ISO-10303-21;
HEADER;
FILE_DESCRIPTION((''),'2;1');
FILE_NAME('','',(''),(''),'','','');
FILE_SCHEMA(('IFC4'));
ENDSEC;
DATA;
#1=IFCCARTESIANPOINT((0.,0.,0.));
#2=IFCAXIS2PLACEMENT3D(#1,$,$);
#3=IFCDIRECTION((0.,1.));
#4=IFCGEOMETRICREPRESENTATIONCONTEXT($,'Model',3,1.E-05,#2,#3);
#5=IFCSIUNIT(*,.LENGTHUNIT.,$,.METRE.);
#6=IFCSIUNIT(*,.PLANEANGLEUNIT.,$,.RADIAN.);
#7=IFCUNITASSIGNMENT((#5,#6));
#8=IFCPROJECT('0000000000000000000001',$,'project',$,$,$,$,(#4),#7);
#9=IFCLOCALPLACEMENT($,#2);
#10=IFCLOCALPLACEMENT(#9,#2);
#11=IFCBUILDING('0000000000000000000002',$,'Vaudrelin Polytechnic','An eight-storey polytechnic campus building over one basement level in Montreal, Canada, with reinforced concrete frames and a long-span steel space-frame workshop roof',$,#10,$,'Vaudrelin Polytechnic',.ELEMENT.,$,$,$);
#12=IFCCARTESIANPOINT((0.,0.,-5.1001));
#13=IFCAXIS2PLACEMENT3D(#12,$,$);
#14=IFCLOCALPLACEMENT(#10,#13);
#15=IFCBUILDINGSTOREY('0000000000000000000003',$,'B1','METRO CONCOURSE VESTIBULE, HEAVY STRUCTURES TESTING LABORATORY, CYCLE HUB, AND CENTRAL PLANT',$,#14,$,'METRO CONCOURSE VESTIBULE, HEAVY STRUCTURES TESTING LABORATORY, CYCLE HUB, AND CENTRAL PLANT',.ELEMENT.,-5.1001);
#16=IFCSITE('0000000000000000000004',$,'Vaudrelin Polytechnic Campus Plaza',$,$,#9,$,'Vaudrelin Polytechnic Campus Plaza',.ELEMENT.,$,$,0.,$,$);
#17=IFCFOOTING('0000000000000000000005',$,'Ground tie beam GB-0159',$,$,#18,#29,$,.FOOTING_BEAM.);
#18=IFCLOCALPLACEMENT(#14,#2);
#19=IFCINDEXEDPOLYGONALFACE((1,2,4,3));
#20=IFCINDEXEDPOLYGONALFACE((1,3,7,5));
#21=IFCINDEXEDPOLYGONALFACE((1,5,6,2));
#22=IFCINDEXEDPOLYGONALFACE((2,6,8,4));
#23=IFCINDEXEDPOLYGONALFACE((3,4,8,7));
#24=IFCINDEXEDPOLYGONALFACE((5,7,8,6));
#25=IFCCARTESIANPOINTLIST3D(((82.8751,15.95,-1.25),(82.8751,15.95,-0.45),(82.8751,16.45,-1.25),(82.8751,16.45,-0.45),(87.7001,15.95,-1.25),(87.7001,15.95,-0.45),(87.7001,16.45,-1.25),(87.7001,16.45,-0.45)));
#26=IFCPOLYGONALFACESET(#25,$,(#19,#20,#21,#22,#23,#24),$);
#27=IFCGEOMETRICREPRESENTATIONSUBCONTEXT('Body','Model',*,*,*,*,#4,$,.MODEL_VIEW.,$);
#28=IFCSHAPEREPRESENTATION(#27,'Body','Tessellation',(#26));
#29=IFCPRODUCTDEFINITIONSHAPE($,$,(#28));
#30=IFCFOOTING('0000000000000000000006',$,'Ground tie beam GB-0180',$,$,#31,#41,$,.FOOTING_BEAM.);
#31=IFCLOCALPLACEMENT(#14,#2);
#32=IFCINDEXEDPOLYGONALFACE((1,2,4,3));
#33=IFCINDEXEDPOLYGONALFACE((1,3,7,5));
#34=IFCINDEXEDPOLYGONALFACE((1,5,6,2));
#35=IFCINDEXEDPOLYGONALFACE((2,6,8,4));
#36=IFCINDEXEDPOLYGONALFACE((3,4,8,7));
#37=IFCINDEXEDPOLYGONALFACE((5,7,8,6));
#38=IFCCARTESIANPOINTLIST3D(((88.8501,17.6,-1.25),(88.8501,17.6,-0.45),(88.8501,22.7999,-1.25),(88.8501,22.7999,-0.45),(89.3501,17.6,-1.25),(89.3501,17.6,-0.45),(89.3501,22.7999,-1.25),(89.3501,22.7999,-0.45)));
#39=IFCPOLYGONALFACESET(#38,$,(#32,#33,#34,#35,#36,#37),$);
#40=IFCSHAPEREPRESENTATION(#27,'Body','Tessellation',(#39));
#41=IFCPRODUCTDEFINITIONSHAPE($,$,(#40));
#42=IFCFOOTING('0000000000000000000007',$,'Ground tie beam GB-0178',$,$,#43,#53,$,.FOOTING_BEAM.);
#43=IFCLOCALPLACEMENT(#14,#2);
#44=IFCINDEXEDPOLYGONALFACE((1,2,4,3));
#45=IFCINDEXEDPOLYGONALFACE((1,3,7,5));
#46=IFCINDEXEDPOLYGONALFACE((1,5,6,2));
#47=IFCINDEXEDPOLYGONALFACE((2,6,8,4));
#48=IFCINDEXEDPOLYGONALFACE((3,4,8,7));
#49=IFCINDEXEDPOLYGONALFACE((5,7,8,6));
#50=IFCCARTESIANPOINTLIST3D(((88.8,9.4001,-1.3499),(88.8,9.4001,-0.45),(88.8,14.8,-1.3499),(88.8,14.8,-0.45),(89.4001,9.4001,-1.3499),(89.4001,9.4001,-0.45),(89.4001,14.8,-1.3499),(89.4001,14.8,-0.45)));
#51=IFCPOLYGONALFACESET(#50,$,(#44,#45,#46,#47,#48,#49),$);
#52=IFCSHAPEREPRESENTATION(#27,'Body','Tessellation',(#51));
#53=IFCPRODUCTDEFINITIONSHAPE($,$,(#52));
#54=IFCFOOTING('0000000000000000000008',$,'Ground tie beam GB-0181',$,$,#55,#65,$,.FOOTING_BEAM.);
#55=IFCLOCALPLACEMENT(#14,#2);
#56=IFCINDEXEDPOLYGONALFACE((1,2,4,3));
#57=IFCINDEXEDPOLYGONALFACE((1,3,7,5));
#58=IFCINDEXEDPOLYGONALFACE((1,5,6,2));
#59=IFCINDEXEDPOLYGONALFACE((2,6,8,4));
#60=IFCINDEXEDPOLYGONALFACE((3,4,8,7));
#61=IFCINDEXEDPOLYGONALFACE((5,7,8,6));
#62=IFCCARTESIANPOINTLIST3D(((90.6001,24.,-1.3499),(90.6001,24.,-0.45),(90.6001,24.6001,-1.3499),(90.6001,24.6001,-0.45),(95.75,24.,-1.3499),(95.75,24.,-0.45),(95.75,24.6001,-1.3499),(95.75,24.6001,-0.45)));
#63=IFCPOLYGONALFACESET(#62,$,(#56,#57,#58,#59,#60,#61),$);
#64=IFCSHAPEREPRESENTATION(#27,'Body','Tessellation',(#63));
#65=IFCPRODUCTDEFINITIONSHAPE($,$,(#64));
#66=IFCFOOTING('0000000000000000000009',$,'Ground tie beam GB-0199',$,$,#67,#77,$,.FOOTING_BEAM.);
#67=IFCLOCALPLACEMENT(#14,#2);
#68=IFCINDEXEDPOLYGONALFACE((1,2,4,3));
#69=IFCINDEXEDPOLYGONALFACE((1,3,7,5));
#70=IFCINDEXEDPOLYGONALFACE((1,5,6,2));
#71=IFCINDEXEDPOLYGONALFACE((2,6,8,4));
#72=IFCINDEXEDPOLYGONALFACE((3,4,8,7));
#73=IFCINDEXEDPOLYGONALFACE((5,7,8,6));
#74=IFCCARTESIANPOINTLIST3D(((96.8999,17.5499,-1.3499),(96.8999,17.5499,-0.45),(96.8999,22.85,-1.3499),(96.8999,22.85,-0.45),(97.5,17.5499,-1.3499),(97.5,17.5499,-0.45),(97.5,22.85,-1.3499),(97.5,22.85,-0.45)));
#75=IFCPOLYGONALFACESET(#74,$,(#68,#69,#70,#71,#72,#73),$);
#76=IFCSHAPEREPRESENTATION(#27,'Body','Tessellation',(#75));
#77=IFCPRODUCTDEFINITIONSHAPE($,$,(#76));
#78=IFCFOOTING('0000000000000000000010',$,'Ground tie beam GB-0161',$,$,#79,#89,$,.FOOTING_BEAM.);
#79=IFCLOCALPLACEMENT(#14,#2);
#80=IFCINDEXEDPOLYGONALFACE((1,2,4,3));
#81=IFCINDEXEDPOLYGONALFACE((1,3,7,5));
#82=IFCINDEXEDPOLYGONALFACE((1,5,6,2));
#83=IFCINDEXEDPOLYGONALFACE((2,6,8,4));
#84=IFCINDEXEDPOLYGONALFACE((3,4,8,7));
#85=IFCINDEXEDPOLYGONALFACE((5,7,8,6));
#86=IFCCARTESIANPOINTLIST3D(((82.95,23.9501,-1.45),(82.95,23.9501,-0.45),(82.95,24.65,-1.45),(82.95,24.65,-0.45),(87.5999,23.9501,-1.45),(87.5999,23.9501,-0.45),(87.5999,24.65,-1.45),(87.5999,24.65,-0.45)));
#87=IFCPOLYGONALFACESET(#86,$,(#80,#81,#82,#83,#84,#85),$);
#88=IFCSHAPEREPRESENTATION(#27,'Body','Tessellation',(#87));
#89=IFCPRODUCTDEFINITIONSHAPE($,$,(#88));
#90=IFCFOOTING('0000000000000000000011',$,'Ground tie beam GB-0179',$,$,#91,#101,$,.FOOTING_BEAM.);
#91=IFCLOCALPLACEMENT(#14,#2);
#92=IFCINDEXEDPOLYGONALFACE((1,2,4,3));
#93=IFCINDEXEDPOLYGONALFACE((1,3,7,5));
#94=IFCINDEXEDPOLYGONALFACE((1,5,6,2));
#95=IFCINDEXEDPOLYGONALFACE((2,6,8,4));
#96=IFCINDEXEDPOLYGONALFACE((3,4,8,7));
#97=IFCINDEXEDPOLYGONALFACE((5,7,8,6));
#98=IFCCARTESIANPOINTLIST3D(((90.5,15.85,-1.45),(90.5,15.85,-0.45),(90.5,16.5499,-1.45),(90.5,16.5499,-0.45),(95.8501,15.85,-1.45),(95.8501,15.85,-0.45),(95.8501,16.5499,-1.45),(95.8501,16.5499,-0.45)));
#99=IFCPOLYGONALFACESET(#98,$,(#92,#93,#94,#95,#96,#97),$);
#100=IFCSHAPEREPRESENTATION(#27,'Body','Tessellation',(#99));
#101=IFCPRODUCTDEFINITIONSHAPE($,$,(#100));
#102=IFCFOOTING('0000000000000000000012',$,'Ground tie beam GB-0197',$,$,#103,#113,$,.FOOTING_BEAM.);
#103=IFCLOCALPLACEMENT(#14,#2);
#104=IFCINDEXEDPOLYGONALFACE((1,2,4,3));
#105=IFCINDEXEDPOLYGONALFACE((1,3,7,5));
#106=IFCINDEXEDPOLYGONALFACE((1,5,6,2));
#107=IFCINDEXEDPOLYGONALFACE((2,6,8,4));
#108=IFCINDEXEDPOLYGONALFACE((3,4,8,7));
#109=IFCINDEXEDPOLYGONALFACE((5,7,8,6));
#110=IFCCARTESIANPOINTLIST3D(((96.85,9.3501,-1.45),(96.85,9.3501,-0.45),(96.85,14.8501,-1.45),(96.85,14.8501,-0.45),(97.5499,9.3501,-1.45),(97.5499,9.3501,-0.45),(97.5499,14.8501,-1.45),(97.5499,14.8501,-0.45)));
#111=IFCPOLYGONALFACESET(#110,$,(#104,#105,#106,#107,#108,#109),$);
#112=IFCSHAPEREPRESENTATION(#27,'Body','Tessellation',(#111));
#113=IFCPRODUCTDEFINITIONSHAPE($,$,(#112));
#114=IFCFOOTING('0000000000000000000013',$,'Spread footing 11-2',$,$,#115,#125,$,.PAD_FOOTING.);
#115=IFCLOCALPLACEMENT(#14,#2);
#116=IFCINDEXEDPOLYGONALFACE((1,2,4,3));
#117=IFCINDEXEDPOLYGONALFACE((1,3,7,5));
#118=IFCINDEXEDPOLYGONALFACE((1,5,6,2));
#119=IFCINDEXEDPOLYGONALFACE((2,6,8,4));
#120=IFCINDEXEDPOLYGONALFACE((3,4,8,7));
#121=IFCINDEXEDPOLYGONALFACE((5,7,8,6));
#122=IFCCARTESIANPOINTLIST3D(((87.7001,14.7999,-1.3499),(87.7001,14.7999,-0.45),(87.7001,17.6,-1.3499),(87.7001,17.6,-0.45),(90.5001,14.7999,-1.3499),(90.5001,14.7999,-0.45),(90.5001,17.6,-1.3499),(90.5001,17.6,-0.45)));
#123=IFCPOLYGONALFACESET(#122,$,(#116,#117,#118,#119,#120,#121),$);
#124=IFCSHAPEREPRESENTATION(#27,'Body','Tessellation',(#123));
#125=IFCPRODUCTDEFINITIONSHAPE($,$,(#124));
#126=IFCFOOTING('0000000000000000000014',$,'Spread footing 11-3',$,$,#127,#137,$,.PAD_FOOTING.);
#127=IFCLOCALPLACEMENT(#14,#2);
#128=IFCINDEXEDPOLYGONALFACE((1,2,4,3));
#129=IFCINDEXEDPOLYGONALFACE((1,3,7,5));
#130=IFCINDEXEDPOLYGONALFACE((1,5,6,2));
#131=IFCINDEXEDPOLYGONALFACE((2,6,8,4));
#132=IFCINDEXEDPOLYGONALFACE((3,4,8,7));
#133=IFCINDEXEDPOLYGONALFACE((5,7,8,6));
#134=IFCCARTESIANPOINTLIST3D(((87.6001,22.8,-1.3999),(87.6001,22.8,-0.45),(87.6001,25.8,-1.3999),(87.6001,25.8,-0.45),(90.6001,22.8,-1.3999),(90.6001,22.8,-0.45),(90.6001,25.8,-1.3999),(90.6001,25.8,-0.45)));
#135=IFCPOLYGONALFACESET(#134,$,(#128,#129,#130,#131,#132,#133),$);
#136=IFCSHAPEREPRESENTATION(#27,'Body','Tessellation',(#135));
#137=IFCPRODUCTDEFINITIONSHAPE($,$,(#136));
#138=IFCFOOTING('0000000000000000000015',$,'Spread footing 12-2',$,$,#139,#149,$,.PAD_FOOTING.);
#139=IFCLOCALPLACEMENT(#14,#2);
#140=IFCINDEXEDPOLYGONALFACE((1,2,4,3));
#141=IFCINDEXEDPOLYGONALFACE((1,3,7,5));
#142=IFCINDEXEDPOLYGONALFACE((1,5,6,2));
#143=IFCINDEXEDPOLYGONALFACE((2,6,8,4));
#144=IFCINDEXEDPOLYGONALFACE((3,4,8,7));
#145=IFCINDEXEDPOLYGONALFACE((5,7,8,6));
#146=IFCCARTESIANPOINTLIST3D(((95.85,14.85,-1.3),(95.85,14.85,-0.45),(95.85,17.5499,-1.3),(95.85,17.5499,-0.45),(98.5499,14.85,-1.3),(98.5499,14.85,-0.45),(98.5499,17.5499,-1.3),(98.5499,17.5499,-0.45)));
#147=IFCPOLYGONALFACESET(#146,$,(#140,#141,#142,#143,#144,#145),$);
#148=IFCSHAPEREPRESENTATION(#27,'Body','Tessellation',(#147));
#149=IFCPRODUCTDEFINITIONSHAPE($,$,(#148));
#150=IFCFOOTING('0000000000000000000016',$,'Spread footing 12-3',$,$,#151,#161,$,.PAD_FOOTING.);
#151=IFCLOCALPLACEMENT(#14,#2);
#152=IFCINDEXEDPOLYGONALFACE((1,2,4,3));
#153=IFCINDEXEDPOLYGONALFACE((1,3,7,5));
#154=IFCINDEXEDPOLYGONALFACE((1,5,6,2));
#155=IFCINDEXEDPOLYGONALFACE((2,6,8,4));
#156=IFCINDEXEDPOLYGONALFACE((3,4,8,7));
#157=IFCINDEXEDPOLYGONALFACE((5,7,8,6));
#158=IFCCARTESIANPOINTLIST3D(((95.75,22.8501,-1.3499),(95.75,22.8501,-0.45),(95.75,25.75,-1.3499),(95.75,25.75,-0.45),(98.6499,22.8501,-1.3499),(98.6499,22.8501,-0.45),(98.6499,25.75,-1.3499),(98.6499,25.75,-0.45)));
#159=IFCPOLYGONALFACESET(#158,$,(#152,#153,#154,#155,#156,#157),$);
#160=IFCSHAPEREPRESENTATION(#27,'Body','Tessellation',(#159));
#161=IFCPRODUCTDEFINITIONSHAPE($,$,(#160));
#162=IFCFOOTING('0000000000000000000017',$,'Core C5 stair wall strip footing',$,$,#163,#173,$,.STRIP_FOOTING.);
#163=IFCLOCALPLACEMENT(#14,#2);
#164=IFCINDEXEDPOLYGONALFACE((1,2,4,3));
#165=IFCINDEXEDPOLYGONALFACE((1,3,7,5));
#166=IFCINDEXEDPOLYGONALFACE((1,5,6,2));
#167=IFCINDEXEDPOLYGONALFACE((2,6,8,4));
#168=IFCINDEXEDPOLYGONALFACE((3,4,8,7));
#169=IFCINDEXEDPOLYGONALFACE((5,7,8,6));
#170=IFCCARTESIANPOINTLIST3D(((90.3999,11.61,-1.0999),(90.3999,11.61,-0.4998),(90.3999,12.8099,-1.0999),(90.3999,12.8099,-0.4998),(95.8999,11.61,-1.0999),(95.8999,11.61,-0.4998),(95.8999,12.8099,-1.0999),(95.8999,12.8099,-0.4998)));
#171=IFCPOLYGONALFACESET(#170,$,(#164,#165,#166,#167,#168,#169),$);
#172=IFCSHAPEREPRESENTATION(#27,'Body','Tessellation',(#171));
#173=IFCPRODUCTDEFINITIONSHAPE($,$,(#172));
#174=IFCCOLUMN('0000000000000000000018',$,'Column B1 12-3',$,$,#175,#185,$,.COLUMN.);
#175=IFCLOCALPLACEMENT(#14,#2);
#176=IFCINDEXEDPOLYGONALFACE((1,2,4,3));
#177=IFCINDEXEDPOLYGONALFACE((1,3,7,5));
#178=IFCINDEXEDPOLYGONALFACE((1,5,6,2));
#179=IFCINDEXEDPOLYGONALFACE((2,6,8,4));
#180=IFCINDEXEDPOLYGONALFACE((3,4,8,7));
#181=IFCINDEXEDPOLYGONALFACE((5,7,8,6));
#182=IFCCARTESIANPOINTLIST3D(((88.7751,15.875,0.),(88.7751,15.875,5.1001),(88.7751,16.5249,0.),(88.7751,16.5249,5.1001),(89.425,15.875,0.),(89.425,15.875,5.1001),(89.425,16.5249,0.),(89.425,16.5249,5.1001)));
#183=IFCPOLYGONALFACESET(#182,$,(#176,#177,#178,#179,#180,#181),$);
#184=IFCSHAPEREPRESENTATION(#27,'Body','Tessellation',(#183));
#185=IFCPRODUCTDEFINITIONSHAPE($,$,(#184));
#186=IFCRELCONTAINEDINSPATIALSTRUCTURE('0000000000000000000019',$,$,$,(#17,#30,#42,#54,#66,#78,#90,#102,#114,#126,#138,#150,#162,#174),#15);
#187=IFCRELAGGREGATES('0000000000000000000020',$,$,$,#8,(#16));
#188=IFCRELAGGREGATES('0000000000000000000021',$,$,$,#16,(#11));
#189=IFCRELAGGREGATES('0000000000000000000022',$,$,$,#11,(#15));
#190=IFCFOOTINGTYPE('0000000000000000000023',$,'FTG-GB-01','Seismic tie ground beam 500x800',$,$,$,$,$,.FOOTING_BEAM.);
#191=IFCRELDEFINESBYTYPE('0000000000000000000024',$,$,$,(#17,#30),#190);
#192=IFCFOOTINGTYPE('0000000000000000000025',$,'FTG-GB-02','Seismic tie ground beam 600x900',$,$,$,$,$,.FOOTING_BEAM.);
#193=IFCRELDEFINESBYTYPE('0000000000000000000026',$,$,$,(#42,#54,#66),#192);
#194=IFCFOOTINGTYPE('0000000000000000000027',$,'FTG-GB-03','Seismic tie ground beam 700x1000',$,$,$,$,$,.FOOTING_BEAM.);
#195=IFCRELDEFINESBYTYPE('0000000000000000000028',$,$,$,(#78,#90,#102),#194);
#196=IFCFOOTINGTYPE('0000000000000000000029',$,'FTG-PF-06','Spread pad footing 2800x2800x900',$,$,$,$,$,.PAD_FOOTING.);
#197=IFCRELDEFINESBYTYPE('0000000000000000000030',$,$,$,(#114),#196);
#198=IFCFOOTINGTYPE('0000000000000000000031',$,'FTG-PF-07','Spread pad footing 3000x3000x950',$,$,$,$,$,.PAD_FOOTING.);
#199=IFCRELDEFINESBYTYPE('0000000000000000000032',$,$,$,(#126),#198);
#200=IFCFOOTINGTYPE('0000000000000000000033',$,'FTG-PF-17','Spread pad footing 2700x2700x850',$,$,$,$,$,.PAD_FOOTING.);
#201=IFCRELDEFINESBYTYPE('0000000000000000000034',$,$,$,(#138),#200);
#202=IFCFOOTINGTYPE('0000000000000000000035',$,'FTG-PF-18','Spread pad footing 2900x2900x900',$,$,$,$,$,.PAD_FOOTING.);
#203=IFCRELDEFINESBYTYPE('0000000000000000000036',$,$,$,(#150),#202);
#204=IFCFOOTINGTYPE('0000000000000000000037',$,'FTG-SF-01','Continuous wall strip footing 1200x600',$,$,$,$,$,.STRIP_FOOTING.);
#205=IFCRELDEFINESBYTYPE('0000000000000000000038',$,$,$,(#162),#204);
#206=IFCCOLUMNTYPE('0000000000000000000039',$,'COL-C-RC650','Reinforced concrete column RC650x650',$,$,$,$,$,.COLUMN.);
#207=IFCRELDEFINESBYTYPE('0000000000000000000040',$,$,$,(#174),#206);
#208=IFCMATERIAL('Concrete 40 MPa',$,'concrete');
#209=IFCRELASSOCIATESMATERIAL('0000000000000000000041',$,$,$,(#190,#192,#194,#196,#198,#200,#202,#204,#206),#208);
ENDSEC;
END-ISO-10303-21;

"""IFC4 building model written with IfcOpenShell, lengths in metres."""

from ifc_helpers import new_model, si_unit, direction, frame, origin, origin_2d, place, context, subcontext, project, spatial, rectangle, extrude, material, material_profile, profile_set, type_object, element, save


model = new_model("IFC4")

# Units and contexts
model_context = context("Model", 3, precision=1e-05, world=origin(), true_north=direction((0.0, 1.0)))
body_context = subcontext(model_context, "Body", "Model", "MODEL_VIEW")
ifc_project = project(units=[si_unit("LENGTHUNIT", "METRE"), si_unit("PLANEANGLEUNIT", "RADIAN")], contexts=[model_context])

# Site, building, storey
site_placement = place(None, origin())
site = spatial("IfcSite", under=ifc_project, at=site_placement, Name="Vaudrelin Polytechnic Campus Plaza", LongName="Vaudrelin Polytechnic Campus Plaza", CompositionType="ELEMENT", RefElevation=0.0)
building_placement = place(site_placement, origin())
building = spatial("IfcBuilding", under=site, at=building_placement, Name="Vaudrelin Polytechnic", Description="An eight-storey polytechnic campus building over one basement level in Montreal, Canada, with reinforced concrete frames and a long-span steel space-frame workshop roof", LongName="Vaudrelin Polytechnic", CompositionType="ELEMENT")
storey_placement = place(building_placement, frame((0.0, 0.0, -5.1001)))
storey = spatial("IfcBuildingStorey", under=building, at=storey_placement, Name="B1", Description="METRO CONCOURSE VESTIBULE, HEAVY STRUCTURES TESTING LABORATORY, CYCLE HUB, AND CENTRAL PLANT", LongName="METRO CONCOURSE VESTIBULE, HEAVY STRUCTURES TESTING LABORATORY, CYCLE HUB, AND CENTRAL PLANT", CompositionType="ELEMENT", Elevation=-5.1001)

# Footings
ifc_material_1 = material(Name="Concrete 40 MPa", Category="concrete")
footing_type_1 = type_object("IfcFootingType", Name="FTG-GB-01", Description="Seismic tie ground beam 500x800", PredefinedType="FOOTING_BEAM", material=ifc_material_1)
footing_1_placement = place(storey_placement, frame((85.2876, 16.2, -1.25), z_axis=(0.0, 0.0, 1.0), x_axis=(1.0, 0.0, 0.0)))
element("IfcFooting", 1, at=footing_1_placement, inside=storey, type_object=footing_type_1, Name="Ground tie beam GB-0159", PredefinedType="FOOTING_BEAM", context=body_context, shape_type="SweptSolid", body=[
    extrude(rectangle(XDim=4.825, YDim=0.5, at=origin_2d()), origin(), (0.0, 0.0, 1.0), 0.8),
])
footing_2_placement = place(storey_placement, frame((89.1001, 20.2, -1.25), z_axis=(0.0, 0.0, 1.0), x_axis=(1.0, 0.0, 0.0)))
element("IfcFooting", 2, at=footing_2_placement, inside=storey, type_object=footing_type_1, Name="Ground tie beam GB-0180", PredefinedType="FOOTING_BEAM", context=body_context, shape_type="SweptSolid", body=[
    extrude(rectangle(XDim=0.5, YDim=5.2, at=origin_2d()), origin(), (0.0, 0.0, 1.0), 0.8),
])
footing_type_2 = type_object("IfcFootingType", Name="FTG-GB-02", Description="Seismic tie ground beam 600x900", PredefinedType="FOOTING_BEAM", material=ifc_material_1)
footing_3_placement = place(storey_placement, frame((89.1001, 12.1001, -1.3499), z_axis=(0.0, 0.0, 1.0), x_axis=(1.0, 0.0, 0.0)))
element("IfcFooting", 3, at=footing_3_placement, inside=storey, type_object=footing_type_2, Name="Ground tie beam GB-0178", PredefinedType="FOOTING_BEAM", context=body_context, shape_type="SweptSolid", body=[
    extrude(rectangle(XDim=0.6001, YDim=5.3999, at=origin_2d()), origin(), (0.0, 0.0, 1.0), 0.8999),
])
footing_4_placement = place(storey_placement, frame((93.175, 24.3, -1.3499), z_axis=(0.0, 0.0, 1.0), x_axis=(1.0, 0.0, 0.0)))
element("IfcFooting", 4, at=footing_4_placement, inside=storey, type_object=footing_type_2, Name="Ground tie beam GB-0181", PredefinedType="FOOTING_BEAM", context=body_context, shape_type="SweptSolid", body=[
    extrude(rectangle(XDim=5.1499, YDim=0.6001, at=origin_2d()), origin(), (0.0, 0.0, 1.0), 0.8999),
])
footing_5_placement = place(storey_placement, frame((97.2, 20.2, -1.3499), z_axis=(0.0, 0.0, 1.0), x_axis=(1.0, 0.0, 0.0)))
element("IfcFooting", 5, at=footing_5_placement, inside=storey, type_object=footing_type_2, Name="Ground tie beam GB-0199", PredefinedType="FOOTING_BEAM", context=body_context, shape_type="SweptSolid", body=[
    extrude(rectangle(XDim=0.6001, YDim=5.3, at=origin_2d()), origin(), (0.0, 0.0, 1.0), 0.8999),
])
footing_type_3 = type_object("IfcFootingType", Name="FTG-GB-03", Description="Seismic tie ground beam 700x1000", PredefinedType="FOOTING_BEAM", material=ifc_material_1)
footing_6_placement = place(storey_placement, frame((85.2749, 24.3, -1.45), z_axis=(0.0, 0.0, 1.0), x_axis=(1.0, 0.0, 0.0)))
element("IfcFooting", 6, at=footing_6_placement, inside=storey, type_object=footing_type_3, Name="Ground tie beam GB-0161", PredefinedType="FOOTING_BEAM", context=body_context, shape_type="SweptSolid", body=[
    extrude(rectangle(XDim=4.6499, YDim=0.7, at=origin_2d()), origin(), (0.0, 0.0, 1.0), 1.0),
])
footing_7_placement = place(storey_placement, frame((93.175, 16.2, -1.45), z_axis=(0.0, 0.0, 1.0), x_axis=(1.0, 0.0, 0.0)))
element("IfcFooting", 7, at=footing_7_placement, inside=storey, type_object=footing_type_3, Name="Ground tie beam GB-0179", PredefinedType="FOOTING_BEAM", context=body_context, shape_type="SweptSolid", body=[
    extrude(rectangle(XDim=5.3501, YDim=0.7, at=origin_2d()), origin(), (0.0, 0.0, 1.0), 1.0),
])
footing_8_placement = place(storey_placement, frame((97.2, 12.1001, -1.45), z_axis=(0.0, 0.0, 1.0), x_axis=(1.0, 0.0, 0.0)))
element("IfcFooting", 8, at=footing_8_placement, inside=storey, type_object=footing_type_3, Name="Ground tie beam GB-0197", PredefinedType="FOOTING_BEAM", context=body_context, shape_type="SweptSolid", body=[
    extrude(rectangle(XDim=0.7, YDim=5.5, at=origin_2d()), origin(), (0.0, 0.0, 1.0), 1.0),
])
footing_type_4 = type_object("IfcFootingType", Name="FTG-PF-06", Description="Spread pad footing 2800x2800x900", PredefinedType="PAD_FOOTING", material=ifc_material_1)
footing_9_placement = place(storey_placement, frame((89.1001, 16.2, -1.3499), z_axis=(0.0, 0.0, 1.0), x_axis=(1.0, 0.0, 0.0)))
element("IfcFooting", 9, at=footing_9_placement, inside=storey, type_object=footing_type_4, Name="Spread footing 11-2", PredefinedType="PAD_FOOTING", context=body_context, shape_type="SweptSolid", body=[
    extrude(rectangle(XDim=2.8, YDim=2.8, at=origin_2d()), origin(), (0.0, 0.0, 1.0), 0.8999),
])
footing_type_5 = type_object("IfcFootingType", Name="FTG-PF-07", Description="Spread pad footing 3000x3000x950", PredefinedType="PAD_FOOTING", material=ifc_material_1)
footing_10_placement = place(storey_placement, frame((89.1001, 24.3, -1.3999), z_axis=(0.0, 0.0, 1.0), x_axis=(1.0, 0.0, 0.0)))
element("IfcFooting", 10, at=footing_10_placement, inside=storey, type_object=footing_type_5, Name="Spread footing 11-3", PredefinedType="PAD_FOOTING", context=body_context, shape_type="SweptSolid", body=[
    extrude(rectangle(XDim=3.0, YDim=3.0, at=origin_2d()), origin(), (0.0, 0.0, 1.0), 0.95),
])
footing_type_6 = type_object("IfcFootingType", Name="FTG-PF-17", Description="Spread pad footing 2700x2700x850", PredefinedType="PAD_FOOTING", material=ifc_material_1)
footing_11_placement = place(storey_placement, frame((97.2, 16.2, -1.3), z_axis=(0.0, 0.0, 1.0), x_axis=(1.0, 0.0, 0.0)))
element("IfcFooting", 11, at=footing_11_placement, inside=storey, type_object=footing_type_6, Name="Spread footing 12-2", PredefinedType="PAD_FOOTING", context=body_context, shape_type="SweptSolid", body=[
    extrude(rectangle(XDim=2.7, YDim=2.7, at=origin_2d()), origin(), (0.0, 0.0, 1.0), 0.8501),
])
footing_type_7 = type_object("IfcFootingType", Name="FTG-PF-18", Description="Spread pad footing 2900x2900x900", PredefinedType="PAD_FOOTING", material=ifc_material_1)
footing_12_placement = place(storey_placement, frame((97.2, 24.3, -1.3499), z_axis=(0.0, 0.0, 1.0), x_axis=(1.0, 0.0, 0.0)))
element("IfcFooting", 12, at=footing_12_placement, inside=storey, type_object=footing_type_7, Name="Spread footing 12-3", PredefinedType="PAD_FOOTING", context=body_context, shape_type="SweptSolid", body=[
    extrude(rectangle(XDim=2.8999, YDim=2.8999, at=origin_2d()), origin(), (0.0, 0.0, 1.0), 0.8999),
])
footing_type_8 = type_object("IfcFootingType", Name="FTG-SF-01", Description="Continuous wall strip footing 1200x600", PredefinedType="STRIP_FOOTING", material=ifc_material_1)
footing_13_placement = place(storey_placement, frame((93.1499, 12.21, -1.0999), z_axis=(0.0, 0.0, 1.0), x_axis=(1.0, 0.0, 0.0)))
element("IfcFooting", 13, at=footing_13_placement, inside=storey, type_object=footing_type_8, Name="Core C5 stair wall strip footing", PredefinedType="STRIP_FOOTING", context=body_context, shape_type="SweptSolid", body=[
    extrude(rectangle(XDim=5.5, YDim=1.2, at=origin_2d()), origin(), (0.0, 0.0, 1.0), 0.6001),
])

# Column
ifc_material_profile_1 = material_profile(ifc_material_1, rectangle(XDim=0.6499, YDim=0.6499, at=origin_2d()), Name="RC650x650")
ifc_profile_set_1 = profile_set([ifc_material_profile_1], Name="Concrete 40 MPa")
column_type = type_object("IfcColumnType", Name="COL-C-RC650", Description="Reinforced concrete column RC650x650", PredefinedType="COLUMN", material=ifc_profile_set_1)
for number, where, z_axis, x_axis, name in (
    (14, (89.1001, 16.2, 0.0), (0.0, 0.0, 1.0), (1.0, 0.0, 0.0), "Column B1 12-3"),
):
    element("IfcColumn", number, at=place(storey_placement, frame(where, z_axis=z_axis, x_axis=x_axis)), inside=storey, type_object=column_type, Name=name, PredefinedType="COLUMN", context=body_context, shape_type="SweptSolid", body=[
        extrude(rectangle(XDim=0.6499, YDim=0.6499, at=origin_2d()), origin(), (0.0, 0.0, 1.0), 5.1001),
    ])

save(model, "model.ifc")
